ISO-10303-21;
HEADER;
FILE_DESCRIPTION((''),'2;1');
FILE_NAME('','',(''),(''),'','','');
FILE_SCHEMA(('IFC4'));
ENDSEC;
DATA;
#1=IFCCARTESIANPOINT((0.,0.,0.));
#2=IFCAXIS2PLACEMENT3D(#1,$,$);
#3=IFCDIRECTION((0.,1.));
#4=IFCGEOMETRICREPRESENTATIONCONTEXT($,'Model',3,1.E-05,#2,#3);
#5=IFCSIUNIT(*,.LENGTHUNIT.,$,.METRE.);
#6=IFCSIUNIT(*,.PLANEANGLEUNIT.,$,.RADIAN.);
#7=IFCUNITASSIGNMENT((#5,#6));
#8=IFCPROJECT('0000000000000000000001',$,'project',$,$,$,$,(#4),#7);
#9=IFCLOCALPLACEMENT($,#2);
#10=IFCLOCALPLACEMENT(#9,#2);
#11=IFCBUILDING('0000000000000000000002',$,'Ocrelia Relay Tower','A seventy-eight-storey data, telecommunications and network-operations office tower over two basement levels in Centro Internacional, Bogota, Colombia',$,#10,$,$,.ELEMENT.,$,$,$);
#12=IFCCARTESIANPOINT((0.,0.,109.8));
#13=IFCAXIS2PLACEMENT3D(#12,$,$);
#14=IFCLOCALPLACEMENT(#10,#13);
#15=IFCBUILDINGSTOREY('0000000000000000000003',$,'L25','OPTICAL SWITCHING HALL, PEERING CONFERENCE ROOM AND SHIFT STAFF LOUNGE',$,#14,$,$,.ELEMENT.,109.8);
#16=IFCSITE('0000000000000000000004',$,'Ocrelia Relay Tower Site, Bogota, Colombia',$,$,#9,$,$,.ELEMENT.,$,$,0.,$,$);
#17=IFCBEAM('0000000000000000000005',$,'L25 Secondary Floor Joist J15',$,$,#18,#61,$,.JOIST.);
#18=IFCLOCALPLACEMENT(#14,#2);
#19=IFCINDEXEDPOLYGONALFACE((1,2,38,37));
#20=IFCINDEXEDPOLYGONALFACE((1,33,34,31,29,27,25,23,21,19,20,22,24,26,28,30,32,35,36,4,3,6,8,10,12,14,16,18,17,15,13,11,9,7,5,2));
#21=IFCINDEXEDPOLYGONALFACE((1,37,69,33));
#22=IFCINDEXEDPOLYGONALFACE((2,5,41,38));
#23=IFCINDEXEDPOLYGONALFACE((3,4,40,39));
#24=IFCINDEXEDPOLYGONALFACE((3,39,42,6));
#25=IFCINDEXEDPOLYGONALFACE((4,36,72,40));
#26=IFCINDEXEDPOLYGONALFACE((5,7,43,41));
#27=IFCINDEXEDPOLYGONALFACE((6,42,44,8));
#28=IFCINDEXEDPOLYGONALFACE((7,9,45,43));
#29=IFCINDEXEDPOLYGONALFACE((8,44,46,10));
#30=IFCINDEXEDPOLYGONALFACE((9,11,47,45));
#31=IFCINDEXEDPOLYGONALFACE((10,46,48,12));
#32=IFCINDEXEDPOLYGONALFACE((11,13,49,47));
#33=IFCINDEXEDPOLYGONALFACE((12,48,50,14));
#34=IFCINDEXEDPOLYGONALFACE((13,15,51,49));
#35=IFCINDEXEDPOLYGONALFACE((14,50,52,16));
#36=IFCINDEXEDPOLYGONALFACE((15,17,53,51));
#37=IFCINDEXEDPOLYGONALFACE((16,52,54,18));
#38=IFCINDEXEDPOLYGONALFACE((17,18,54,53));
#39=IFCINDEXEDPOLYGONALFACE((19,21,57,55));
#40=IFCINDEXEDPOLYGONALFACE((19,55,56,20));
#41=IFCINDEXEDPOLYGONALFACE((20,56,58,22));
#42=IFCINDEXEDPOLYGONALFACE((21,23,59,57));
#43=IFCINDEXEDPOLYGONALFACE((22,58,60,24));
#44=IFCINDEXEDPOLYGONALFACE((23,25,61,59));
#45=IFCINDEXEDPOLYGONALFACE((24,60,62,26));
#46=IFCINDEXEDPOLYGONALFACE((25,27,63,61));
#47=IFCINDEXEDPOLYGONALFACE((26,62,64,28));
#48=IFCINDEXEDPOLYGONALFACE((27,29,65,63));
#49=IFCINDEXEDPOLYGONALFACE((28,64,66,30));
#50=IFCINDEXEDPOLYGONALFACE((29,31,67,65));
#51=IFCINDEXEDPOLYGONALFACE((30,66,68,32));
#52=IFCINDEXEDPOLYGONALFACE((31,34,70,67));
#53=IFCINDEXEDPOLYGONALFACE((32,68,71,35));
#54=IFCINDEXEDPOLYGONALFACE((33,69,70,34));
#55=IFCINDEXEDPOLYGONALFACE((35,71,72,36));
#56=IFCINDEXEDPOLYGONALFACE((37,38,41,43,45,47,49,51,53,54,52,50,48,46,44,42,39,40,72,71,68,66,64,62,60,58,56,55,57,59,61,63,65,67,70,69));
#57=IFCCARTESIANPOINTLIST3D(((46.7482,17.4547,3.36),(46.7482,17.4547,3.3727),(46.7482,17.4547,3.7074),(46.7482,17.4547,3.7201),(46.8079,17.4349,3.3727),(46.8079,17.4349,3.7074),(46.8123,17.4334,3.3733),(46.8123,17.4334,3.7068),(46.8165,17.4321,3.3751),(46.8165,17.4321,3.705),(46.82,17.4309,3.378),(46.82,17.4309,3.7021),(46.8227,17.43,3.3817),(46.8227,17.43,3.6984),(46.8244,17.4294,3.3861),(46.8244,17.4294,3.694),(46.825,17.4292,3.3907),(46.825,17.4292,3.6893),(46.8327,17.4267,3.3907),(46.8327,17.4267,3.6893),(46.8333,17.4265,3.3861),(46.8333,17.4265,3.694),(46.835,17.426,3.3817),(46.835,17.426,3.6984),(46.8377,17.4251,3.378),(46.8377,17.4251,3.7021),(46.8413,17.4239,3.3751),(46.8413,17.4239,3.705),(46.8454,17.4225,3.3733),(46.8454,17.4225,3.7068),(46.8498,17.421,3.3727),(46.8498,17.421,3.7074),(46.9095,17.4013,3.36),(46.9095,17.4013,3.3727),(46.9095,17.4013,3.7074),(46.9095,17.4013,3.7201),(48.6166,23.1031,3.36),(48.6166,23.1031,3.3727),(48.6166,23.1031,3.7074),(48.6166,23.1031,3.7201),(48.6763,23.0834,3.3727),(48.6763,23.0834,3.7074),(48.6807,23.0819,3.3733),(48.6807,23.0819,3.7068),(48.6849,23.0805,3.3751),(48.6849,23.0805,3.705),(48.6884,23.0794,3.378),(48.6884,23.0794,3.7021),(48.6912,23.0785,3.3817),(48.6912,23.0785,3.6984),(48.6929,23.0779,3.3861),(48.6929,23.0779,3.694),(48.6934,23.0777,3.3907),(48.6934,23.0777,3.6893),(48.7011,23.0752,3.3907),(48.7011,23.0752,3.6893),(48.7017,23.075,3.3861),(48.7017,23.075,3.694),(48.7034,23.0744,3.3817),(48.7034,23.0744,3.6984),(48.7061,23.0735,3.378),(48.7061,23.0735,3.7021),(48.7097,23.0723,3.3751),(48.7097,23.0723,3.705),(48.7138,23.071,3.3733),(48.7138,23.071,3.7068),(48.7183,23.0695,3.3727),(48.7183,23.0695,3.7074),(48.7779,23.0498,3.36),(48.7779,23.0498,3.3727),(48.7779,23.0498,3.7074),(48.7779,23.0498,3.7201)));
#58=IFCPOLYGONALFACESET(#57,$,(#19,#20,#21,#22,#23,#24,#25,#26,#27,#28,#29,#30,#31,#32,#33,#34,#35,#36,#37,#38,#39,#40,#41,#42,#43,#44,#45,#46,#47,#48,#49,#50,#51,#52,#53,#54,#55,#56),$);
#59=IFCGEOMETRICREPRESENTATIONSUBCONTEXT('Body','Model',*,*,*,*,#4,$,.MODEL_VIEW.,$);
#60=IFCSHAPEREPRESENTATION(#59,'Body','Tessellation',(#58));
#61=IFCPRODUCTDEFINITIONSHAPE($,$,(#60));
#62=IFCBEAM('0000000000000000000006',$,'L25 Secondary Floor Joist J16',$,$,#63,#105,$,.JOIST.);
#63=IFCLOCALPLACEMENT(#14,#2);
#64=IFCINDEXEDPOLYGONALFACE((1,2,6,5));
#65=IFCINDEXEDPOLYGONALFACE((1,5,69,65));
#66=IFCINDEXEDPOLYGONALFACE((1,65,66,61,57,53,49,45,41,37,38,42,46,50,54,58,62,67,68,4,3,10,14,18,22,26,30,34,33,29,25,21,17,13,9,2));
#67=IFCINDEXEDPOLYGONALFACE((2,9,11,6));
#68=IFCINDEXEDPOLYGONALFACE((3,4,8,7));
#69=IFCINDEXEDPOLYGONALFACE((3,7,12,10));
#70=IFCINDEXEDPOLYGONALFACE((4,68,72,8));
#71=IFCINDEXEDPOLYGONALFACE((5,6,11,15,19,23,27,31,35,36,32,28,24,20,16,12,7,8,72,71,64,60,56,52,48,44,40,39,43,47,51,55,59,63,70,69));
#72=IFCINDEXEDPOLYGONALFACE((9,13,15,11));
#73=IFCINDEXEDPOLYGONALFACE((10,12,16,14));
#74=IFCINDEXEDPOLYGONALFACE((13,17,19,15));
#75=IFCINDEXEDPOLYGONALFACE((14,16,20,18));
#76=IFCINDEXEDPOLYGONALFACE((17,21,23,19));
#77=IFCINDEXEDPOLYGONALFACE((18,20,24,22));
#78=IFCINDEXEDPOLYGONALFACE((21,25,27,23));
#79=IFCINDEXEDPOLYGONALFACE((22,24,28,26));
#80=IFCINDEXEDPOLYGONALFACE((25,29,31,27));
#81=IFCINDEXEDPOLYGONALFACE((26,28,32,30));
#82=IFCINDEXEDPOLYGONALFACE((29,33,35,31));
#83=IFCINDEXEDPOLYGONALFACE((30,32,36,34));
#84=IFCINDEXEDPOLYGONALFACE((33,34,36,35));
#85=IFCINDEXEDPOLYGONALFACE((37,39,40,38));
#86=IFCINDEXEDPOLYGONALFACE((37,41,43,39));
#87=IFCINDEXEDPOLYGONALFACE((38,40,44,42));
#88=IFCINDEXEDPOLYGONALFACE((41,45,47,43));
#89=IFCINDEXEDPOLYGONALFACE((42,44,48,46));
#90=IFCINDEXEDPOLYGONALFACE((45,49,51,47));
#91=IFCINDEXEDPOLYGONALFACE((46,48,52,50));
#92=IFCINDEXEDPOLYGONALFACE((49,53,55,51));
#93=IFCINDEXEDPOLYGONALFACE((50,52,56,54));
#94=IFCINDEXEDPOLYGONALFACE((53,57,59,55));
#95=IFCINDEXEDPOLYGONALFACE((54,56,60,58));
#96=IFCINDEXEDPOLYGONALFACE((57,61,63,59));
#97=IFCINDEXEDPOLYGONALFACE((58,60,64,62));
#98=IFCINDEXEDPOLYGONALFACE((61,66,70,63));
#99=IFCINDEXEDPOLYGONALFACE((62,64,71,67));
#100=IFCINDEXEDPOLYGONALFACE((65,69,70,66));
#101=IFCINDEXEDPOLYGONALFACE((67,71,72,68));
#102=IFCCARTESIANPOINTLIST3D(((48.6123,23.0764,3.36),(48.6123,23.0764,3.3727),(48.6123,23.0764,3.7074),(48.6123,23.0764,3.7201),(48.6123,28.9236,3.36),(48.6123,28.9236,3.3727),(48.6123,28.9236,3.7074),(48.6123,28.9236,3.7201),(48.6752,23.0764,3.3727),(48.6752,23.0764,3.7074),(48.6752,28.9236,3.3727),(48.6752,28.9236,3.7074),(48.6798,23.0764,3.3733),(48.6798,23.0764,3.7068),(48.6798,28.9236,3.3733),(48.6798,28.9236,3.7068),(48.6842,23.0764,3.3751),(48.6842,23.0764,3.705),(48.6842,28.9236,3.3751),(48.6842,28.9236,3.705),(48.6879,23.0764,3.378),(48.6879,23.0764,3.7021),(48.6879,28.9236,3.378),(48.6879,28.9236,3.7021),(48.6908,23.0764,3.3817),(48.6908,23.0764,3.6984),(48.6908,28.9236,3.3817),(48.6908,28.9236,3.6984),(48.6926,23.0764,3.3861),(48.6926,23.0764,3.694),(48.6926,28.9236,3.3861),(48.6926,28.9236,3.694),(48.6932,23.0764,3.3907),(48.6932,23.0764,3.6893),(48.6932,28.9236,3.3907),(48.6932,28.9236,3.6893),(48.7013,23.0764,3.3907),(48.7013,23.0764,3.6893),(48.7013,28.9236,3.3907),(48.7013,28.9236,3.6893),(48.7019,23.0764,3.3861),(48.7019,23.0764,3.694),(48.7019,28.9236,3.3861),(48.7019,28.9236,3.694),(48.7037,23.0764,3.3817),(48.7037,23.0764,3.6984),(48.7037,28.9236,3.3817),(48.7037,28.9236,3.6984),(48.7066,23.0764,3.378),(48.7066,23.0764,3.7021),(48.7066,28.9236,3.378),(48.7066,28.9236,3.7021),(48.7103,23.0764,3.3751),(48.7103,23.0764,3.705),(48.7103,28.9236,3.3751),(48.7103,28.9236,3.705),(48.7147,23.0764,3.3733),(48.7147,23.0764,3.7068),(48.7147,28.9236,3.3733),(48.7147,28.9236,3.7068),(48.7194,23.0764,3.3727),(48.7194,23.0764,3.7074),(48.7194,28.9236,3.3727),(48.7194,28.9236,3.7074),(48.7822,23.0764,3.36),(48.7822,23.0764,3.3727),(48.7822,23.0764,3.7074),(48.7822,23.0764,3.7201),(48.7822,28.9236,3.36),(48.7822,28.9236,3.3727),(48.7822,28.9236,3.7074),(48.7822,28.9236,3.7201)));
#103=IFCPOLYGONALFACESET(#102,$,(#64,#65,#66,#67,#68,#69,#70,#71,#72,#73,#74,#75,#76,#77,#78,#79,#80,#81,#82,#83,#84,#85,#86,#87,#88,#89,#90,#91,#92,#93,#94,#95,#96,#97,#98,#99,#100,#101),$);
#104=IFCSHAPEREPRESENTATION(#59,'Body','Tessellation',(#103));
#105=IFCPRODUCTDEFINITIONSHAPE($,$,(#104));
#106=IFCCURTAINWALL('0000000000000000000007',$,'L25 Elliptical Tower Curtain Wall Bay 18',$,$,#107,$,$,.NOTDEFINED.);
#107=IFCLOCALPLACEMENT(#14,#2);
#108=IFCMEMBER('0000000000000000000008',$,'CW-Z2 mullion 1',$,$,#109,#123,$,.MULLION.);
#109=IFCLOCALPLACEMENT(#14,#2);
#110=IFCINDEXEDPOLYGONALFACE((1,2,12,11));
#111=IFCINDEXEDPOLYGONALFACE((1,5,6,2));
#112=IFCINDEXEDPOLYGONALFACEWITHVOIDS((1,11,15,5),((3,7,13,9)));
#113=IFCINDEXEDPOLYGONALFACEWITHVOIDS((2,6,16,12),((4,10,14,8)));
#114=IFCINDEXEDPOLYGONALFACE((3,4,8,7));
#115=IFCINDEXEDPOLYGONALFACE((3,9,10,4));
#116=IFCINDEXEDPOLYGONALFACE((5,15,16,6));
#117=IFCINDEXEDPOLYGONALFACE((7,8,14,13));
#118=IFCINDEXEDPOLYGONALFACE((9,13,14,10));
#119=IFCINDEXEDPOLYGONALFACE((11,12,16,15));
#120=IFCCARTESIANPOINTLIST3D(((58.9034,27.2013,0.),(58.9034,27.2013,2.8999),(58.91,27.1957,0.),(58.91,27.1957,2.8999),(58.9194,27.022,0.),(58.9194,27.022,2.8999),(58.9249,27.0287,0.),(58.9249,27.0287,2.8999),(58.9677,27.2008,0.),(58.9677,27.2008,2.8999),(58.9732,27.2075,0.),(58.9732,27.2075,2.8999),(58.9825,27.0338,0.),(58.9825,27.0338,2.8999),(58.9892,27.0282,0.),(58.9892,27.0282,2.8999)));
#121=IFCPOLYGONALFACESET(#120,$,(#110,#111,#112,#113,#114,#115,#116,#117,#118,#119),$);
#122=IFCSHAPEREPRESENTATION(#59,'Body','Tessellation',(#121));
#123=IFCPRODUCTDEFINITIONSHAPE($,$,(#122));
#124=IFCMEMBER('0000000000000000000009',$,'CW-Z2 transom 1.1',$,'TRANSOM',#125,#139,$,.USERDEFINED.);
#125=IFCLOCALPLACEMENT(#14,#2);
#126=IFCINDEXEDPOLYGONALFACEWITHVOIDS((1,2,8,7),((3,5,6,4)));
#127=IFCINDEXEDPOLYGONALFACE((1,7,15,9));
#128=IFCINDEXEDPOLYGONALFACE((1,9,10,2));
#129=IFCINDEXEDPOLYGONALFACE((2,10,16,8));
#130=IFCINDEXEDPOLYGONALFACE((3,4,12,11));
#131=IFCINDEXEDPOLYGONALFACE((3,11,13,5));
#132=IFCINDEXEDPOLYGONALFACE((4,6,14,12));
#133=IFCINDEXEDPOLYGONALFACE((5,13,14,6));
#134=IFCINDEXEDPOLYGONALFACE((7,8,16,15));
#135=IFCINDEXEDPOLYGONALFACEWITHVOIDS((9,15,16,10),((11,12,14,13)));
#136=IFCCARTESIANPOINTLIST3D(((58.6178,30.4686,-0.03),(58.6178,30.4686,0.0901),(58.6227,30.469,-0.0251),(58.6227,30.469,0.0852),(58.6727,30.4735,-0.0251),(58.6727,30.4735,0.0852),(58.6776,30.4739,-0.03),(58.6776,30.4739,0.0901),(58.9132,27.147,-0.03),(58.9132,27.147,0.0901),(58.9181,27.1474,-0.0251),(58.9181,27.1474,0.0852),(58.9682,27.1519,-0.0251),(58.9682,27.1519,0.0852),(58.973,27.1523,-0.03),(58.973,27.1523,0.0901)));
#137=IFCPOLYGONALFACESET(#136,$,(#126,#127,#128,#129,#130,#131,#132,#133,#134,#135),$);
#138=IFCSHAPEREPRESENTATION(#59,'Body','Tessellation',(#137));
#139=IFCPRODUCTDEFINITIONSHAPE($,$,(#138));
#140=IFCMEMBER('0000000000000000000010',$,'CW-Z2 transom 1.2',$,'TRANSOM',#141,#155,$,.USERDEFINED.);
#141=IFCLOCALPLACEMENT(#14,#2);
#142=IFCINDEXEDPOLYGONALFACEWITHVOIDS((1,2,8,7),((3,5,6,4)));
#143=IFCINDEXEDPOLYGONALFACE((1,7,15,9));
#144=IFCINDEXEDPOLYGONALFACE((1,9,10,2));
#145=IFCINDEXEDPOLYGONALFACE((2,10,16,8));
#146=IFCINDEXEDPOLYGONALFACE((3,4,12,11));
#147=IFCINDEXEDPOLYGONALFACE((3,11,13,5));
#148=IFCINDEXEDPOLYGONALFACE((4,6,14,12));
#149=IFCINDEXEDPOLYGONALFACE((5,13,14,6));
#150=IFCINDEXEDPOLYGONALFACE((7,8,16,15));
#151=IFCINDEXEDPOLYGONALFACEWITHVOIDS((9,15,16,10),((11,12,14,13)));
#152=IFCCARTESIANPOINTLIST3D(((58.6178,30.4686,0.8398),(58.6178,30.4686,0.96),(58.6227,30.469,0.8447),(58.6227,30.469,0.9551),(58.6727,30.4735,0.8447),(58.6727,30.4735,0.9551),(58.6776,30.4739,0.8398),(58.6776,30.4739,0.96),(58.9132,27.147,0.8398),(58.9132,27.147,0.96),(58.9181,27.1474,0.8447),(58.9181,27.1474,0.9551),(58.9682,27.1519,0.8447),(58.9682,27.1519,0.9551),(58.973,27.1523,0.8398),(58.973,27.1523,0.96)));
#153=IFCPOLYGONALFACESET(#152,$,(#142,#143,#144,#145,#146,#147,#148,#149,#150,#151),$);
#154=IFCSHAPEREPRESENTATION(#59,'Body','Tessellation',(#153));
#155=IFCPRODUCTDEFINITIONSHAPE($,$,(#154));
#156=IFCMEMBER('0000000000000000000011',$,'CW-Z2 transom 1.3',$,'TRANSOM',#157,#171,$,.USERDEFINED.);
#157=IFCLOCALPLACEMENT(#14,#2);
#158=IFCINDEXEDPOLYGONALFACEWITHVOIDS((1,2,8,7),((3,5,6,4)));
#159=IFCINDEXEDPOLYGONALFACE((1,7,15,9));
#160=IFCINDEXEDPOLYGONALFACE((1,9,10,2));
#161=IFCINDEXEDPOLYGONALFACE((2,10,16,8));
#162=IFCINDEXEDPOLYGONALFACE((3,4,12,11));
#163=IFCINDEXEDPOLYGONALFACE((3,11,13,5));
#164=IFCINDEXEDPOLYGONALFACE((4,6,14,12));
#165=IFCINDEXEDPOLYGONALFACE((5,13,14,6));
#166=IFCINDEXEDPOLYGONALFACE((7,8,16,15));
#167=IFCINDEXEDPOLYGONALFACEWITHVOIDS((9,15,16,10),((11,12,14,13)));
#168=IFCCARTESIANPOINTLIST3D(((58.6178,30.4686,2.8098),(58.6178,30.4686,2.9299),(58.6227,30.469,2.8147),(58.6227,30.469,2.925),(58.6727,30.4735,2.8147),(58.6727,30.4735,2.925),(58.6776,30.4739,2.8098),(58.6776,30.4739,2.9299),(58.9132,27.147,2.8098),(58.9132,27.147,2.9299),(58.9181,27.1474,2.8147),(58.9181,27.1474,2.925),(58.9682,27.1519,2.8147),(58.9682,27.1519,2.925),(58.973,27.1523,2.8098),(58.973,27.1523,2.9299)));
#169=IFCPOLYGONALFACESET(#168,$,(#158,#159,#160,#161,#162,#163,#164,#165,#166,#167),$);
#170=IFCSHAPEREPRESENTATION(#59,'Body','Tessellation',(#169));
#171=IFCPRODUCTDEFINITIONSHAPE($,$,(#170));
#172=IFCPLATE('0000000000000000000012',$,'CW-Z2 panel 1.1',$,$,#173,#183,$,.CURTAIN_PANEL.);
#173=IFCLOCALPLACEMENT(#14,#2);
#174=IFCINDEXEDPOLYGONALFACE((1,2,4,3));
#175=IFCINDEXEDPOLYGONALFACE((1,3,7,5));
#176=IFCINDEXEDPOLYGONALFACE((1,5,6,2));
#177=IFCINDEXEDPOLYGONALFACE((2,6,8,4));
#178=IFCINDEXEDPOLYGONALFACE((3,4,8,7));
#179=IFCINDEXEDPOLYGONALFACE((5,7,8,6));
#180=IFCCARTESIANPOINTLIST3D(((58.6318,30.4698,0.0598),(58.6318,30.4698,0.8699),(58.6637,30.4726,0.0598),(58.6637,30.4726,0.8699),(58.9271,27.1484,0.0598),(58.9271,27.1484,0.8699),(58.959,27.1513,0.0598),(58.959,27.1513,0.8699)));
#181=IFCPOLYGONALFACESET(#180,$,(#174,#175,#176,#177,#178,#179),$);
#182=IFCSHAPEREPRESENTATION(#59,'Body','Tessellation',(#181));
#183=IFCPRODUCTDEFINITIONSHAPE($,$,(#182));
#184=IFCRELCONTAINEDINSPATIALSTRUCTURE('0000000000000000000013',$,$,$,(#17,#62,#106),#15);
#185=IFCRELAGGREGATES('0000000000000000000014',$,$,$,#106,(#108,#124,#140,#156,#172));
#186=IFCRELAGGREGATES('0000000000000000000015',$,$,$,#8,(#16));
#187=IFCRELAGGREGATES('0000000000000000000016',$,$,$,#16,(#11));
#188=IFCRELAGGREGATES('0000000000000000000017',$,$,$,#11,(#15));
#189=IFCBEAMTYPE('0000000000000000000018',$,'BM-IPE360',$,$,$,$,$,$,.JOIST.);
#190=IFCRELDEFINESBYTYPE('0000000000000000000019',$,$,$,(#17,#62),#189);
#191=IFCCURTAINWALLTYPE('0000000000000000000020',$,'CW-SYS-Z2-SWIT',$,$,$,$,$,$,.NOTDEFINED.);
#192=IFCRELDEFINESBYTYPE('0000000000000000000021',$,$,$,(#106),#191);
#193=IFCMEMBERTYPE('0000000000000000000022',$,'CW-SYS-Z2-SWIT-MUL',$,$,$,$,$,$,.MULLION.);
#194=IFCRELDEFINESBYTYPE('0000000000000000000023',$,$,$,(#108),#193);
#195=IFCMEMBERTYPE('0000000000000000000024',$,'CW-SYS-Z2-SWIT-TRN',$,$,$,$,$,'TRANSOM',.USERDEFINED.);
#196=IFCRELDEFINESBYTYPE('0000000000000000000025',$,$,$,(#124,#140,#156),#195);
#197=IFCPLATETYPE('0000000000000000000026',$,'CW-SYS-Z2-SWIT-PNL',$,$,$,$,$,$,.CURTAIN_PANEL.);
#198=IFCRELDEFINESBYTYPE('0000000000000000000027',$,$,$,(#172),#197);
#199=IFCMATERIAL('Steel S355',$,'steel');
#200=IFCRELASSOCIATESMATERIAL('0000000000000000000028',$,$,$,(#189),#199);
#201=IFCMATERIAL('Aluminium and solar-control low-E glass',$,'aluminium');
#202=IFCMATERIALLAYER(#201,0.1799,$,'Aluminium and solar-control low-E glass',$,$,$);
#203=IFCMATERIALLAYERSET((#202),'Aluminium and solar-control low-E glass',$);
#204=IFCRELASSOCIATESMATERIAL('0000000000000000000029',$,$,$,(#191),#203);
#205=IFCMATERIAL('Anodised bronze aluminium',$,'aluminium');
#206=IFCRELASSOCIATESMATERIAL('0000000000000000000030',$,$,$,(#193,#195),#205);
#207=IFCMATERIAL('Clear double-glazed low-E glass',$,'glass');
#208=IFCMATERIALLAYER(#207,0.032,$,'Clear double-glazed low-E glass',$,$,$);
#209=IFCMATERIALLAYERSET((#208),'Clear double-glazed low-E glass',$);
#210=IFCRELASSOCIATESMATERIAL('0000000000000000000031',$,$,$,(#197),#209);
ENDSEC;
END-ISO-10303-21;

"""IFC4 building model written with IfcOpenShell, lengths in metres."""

from ifc_helpers import new_model, si_unit, direction, frame, origin, origin_2d, place, context, subcontext, project, spatial, rectangle, hollow_rectangle, i_section, extrude, material, layer, layer_set, material_profile, profile_set, type_object, element, aggregate, save


model = new_model("IFC4")

# Units and contexts
model_context = context("Model", 3, precision=1e-05, world=origin(), true_north=direction((0.0, 1.0)))
body_context = subcontext(model_context, "Body", "Model", "MODEL_VIEW")
ifc_project = project(units=[si_unit("LENGTHUNIT", "METRE"), si_unit("PLANEANGLEUNIT", "RADIAN")], contexts=[model_context])

# Site, building, storey
site_placement = place(None, origin())
site = spatial("IfcSite", under=ifc_project, at=site_placement, Name="Ocrelia Relay Tower Site, Bogota, Colombia", CompositionType="ELEMENT", RefElevation=0.0)
building_placement = place(site_placement, origin())
building = spatial("IfcBuilding", under=site, at=building_placement, Name="Ocrelia Relay Tower", Description="A seventy-eight-storey data, telecommunications and network-operations office tower over two basement levels in Centro Internacional, Bogota, Colombia", CompositionType="ELEMENT")
storey_placement = place(building_placement, frame((0.0, 0.0, 109.8)))
storey = spatial("IfcBuildingStorey", under=building, at=storey_placement, Name="L25", Description="OPTICAL SWITCHING HALL, PEERING CONFERENCE ROOM AND SHIFT STAFF LOUNGE", CompositionType="ELEMENT", Elevation=109.8)

# Beams
ifc_material_1 = material(Name="Steel S355", Category="steel")
ifc_material_profile_1 = material_profile(ifc_material_1, i_section(OverallWidth=0.1699, OverallDepth=0.3601, WebThickness=0.0081, FlangeThickness=0.0127, FilletRadius=0.0181, at=origin_2d()), Name="IPE 360")
ifc_profile_set_1 = profile_set([ifc_material_profile_1], Name="Steel S355")
beam_type_1 = type_object("IfcBeamType", Name="BM-IPE360", PredefinedType="JOIST", material=ifc_profile_set_1)
beam_1_placement = place(storey_placement, frame((46.8289, 17.428, 3.54), z_axis=(0.314048, 0.949407, 0.0), x_axis=(-0.949407, 0.314048, 0.0)))
element("IfcBeam", 1, at=beam_1_placement, inside=storey, type_object=beam_type_1, Name="L25 Secondary Floor Joist J15", PredefinedType="JOIST", context=body_context, shape_type="SweptSolid", body=[
    extrude(i_section(OverallWidth=0.1699, OverallDepth=0.3601, WebThickness=0.0081, FlangeThickness=0.0127, FilletRadius=0.0181, at=origin_2d()), origin(), (0.0, 0.0, 1.0), 5.9495),
])
beam_2_placement = place(storey_placement, frame((48.6973, 23.0764, 3.54), z_axis=(0.0, 1.0, 0.0), x_axis=(-1.0, 0.0, 0.0)))
element("IfcBeam", 2, at=beam_2_placement, inside=storey, type_object=beam_type_1, Name="L25 Secondary Floor Joist J16", PredefinedType="JOIST", context=body_context, shape_type="SweptSolid", body=[
    extrude(i_section(OverallWidth=0.1699, OverallDepth=0.3601, WebThickness=0.0081, FlangeThickness=0.0127, FilletRadius=0.0181, at=origin_2d()), origin(), (0.0, 0.0, 1.0), 5.8472),
])

# Curtain wall, members, plate
ifc_material_2 = material(Name="Aluminium and solar-control low-E glass", Category="aluminium")
ifc_layer_1 = layer(ifc_material_2, 0.1799, Name="Aluminium and solar-control low-E glass")
ifc_layer_set_1 = layer_set([ifc_layer_1], Name="Aluminium and solar-control low-E glass")
curtain_wall_type = type_object("IfcCurtainWallType", Name="CW-SYS-Z2-SWIT", PredefinedType="NOTDEFINED", material=ifc_layer_set_1)
curtain_wall_placement = place(storey_placement, origin())
curtain_wall = element("IfcCurtainWall", 3, at=curtain_wall_placement, inside=storey, type_object=curtain_wall_type, Name="L25 Elliptical Tower Curtain Wall Bay 18", PredefinedType="NOTDEFINED")
ifc_material_3 = material(Name="Anodised bronze aluminium", Category="aluminium")
ifc_material_profile_2 = material_profile(ifc_material_3, hollow_rectangle(XDim=0.0701, YDim=0.1799, WallThickness=0.0061, at=origin_2d()), Name="CW-MUL-180x70")
ifc_profile_set_2 = profile_set([ifc_material_profile_2], Name="Anodised bronze aluminium")
member_type_1 = type_object("IfcMemberType", Name="CW-SYS-Z2-SWIT-MUL", PredefinedType="MULLION", material=ifc_profile_set_2)
member_1_placement = place(storey_placement, frame((58.9463, 27.1147, 0.0), z_axis=(0.0, 0.0, 1.0), x_axis=(-0.996071, -0.088558, 0.0)))
member_1 = element("IfcMember", 4, at=member_1_placement, type_object=member_type_1, Name="CW-Z2 mullion 1", PredefinedType="MULLION", context=body_context, shape_type="SweptSolid", body=[
    extrude(hollow_rectangle(XDim=0.0701, YDim=0.1799, WallThickness=0.0061, at=origin_2d()), origin(), (0.0, 0.0, 1.0), 2.8999),
])
ifc_material_profile_3 = material_profile(ifc_material_3, hollow_rectangle(XDim=0.0601, YDim=0.1201, WallThickness=0.0049, at=origin_2d()), Name="CW-TRN-120x60")
ifc_profile_set_3 = profile_set([ifc_material_profile_3], Name="Anodised bronze aluminium")
member_type_2 = type_object("IfcMemberType", Name="CW-SYS-Z2-SWIT-TRN", ElementType="TRANSOM", PredefinedType="USERDEFINED", material=ifc_profile_set_3)
member_2_placement = place(storey_placement, frame((58.9431, 27.1497, 0.03), z_axis=(-0.088588, 0.996068, 0.0), x_axis=(-0.996068, -0.088588, 0.0)))
member_2 = element("IfcMember", 5, at=member_2_placement, type_object=member_type_2, Name="CW-Z2 transom 1.1", ObjectType="TRANSOM", PredefinedType="USERDEFINED", context=body_context, shape_type="SweptSolid", body=[
    extrude(hollow_rectangle(XDim=0.0601, YDim=0.1201, WallThickness=0.0049, at=origin_2d()), origin(), (0.0, 0.0, 1.0), 3.3347),
])
member_3_placement = place(storey_placement, frame((58.9431, 27.1497, 0.8999), z_axis=(-0.088588, 0.996068, 0.0), x_axis=(-0.996068, -0.088588, 0.0)))
member_3 = element("IfcMember", 6, at=member_3_placement, type_object=member_type_2, Name="CW-Z2 transom 1.2", ObjectType="TRANSOM", PredefinedType="USERDEFINED", context=body_context, shape_type="SweptSolid", body=[
    extrude(hollow_rectangle(XDim=0.0601, YDim=0.1201, WallThickness=0.0049, at=origin_2d()), origin(), (0.0, 0.0, 1.0), 3.3347),
])
member_4_placement = place(storey_placement, frame((58.9431, 27.1497, 2.8699), z_axis=(-0.088588, 0.996068, 0.0), x_axis=(-0.996068, -0.088588, 0.0)))
member_4 = element("IfcMember", 7, at=member_4_placement, type_object=member_type_2, Name="CW-Z2 transom 1.3", ObjectType="TRANSOM", PredefinedType="USERDEFINED", context=body_context, shape_type="SweptSolid", body=[
    extrude(hollow_rectangle(XDim=0.0601, YDim=0.1201, WallThickness=0.0049, at=origin_2d()), origin(), (0.0, 0.0, 1.0), 3.3347),
])
ifc_material_4 = material(Name="Clear double-glazed low-E glass", Category="glass")
ifc_layer_2 = layer(ifc_material_4, 0.032, Name="Clear double-glazed low-E glass")
ifc_layer_set_2 = layer_set([ifc_layer_2], Name="Clear double-glazed low-E glass")
plate_type = type_object("IfcPlateType", Name="CW-SYS-Z2-SWIT-PNL", PredefinedType="CURTAIN_PANEL", material=ifc_layer_set_2)
plate_placement = place(storey_placement, frame((58.7954, 28.8105, 0.0598), z_axis=(0.0, 0.0, 1.0), x_axis=(-0.088558, 0.996071, 0.0)))
plate = element("IfcPlate", 8, at=plate_placement, type_object=plate_type, Name="CW-Z2 panel 1.1", PredefinedType="CURTAIN_PANEL", context=body_context, shape_type="SweptSolid", body=[
    extrude(rectangle(XDim=3.3345, YDim=0.032, at=origin_2d()), origin(), (0.0, 0.0, 1.0), 0.8101),
])
aggregate(curtain_wall, [member_1, member_2, member_3, member_4, plate])

save(model, "model.ifc")
